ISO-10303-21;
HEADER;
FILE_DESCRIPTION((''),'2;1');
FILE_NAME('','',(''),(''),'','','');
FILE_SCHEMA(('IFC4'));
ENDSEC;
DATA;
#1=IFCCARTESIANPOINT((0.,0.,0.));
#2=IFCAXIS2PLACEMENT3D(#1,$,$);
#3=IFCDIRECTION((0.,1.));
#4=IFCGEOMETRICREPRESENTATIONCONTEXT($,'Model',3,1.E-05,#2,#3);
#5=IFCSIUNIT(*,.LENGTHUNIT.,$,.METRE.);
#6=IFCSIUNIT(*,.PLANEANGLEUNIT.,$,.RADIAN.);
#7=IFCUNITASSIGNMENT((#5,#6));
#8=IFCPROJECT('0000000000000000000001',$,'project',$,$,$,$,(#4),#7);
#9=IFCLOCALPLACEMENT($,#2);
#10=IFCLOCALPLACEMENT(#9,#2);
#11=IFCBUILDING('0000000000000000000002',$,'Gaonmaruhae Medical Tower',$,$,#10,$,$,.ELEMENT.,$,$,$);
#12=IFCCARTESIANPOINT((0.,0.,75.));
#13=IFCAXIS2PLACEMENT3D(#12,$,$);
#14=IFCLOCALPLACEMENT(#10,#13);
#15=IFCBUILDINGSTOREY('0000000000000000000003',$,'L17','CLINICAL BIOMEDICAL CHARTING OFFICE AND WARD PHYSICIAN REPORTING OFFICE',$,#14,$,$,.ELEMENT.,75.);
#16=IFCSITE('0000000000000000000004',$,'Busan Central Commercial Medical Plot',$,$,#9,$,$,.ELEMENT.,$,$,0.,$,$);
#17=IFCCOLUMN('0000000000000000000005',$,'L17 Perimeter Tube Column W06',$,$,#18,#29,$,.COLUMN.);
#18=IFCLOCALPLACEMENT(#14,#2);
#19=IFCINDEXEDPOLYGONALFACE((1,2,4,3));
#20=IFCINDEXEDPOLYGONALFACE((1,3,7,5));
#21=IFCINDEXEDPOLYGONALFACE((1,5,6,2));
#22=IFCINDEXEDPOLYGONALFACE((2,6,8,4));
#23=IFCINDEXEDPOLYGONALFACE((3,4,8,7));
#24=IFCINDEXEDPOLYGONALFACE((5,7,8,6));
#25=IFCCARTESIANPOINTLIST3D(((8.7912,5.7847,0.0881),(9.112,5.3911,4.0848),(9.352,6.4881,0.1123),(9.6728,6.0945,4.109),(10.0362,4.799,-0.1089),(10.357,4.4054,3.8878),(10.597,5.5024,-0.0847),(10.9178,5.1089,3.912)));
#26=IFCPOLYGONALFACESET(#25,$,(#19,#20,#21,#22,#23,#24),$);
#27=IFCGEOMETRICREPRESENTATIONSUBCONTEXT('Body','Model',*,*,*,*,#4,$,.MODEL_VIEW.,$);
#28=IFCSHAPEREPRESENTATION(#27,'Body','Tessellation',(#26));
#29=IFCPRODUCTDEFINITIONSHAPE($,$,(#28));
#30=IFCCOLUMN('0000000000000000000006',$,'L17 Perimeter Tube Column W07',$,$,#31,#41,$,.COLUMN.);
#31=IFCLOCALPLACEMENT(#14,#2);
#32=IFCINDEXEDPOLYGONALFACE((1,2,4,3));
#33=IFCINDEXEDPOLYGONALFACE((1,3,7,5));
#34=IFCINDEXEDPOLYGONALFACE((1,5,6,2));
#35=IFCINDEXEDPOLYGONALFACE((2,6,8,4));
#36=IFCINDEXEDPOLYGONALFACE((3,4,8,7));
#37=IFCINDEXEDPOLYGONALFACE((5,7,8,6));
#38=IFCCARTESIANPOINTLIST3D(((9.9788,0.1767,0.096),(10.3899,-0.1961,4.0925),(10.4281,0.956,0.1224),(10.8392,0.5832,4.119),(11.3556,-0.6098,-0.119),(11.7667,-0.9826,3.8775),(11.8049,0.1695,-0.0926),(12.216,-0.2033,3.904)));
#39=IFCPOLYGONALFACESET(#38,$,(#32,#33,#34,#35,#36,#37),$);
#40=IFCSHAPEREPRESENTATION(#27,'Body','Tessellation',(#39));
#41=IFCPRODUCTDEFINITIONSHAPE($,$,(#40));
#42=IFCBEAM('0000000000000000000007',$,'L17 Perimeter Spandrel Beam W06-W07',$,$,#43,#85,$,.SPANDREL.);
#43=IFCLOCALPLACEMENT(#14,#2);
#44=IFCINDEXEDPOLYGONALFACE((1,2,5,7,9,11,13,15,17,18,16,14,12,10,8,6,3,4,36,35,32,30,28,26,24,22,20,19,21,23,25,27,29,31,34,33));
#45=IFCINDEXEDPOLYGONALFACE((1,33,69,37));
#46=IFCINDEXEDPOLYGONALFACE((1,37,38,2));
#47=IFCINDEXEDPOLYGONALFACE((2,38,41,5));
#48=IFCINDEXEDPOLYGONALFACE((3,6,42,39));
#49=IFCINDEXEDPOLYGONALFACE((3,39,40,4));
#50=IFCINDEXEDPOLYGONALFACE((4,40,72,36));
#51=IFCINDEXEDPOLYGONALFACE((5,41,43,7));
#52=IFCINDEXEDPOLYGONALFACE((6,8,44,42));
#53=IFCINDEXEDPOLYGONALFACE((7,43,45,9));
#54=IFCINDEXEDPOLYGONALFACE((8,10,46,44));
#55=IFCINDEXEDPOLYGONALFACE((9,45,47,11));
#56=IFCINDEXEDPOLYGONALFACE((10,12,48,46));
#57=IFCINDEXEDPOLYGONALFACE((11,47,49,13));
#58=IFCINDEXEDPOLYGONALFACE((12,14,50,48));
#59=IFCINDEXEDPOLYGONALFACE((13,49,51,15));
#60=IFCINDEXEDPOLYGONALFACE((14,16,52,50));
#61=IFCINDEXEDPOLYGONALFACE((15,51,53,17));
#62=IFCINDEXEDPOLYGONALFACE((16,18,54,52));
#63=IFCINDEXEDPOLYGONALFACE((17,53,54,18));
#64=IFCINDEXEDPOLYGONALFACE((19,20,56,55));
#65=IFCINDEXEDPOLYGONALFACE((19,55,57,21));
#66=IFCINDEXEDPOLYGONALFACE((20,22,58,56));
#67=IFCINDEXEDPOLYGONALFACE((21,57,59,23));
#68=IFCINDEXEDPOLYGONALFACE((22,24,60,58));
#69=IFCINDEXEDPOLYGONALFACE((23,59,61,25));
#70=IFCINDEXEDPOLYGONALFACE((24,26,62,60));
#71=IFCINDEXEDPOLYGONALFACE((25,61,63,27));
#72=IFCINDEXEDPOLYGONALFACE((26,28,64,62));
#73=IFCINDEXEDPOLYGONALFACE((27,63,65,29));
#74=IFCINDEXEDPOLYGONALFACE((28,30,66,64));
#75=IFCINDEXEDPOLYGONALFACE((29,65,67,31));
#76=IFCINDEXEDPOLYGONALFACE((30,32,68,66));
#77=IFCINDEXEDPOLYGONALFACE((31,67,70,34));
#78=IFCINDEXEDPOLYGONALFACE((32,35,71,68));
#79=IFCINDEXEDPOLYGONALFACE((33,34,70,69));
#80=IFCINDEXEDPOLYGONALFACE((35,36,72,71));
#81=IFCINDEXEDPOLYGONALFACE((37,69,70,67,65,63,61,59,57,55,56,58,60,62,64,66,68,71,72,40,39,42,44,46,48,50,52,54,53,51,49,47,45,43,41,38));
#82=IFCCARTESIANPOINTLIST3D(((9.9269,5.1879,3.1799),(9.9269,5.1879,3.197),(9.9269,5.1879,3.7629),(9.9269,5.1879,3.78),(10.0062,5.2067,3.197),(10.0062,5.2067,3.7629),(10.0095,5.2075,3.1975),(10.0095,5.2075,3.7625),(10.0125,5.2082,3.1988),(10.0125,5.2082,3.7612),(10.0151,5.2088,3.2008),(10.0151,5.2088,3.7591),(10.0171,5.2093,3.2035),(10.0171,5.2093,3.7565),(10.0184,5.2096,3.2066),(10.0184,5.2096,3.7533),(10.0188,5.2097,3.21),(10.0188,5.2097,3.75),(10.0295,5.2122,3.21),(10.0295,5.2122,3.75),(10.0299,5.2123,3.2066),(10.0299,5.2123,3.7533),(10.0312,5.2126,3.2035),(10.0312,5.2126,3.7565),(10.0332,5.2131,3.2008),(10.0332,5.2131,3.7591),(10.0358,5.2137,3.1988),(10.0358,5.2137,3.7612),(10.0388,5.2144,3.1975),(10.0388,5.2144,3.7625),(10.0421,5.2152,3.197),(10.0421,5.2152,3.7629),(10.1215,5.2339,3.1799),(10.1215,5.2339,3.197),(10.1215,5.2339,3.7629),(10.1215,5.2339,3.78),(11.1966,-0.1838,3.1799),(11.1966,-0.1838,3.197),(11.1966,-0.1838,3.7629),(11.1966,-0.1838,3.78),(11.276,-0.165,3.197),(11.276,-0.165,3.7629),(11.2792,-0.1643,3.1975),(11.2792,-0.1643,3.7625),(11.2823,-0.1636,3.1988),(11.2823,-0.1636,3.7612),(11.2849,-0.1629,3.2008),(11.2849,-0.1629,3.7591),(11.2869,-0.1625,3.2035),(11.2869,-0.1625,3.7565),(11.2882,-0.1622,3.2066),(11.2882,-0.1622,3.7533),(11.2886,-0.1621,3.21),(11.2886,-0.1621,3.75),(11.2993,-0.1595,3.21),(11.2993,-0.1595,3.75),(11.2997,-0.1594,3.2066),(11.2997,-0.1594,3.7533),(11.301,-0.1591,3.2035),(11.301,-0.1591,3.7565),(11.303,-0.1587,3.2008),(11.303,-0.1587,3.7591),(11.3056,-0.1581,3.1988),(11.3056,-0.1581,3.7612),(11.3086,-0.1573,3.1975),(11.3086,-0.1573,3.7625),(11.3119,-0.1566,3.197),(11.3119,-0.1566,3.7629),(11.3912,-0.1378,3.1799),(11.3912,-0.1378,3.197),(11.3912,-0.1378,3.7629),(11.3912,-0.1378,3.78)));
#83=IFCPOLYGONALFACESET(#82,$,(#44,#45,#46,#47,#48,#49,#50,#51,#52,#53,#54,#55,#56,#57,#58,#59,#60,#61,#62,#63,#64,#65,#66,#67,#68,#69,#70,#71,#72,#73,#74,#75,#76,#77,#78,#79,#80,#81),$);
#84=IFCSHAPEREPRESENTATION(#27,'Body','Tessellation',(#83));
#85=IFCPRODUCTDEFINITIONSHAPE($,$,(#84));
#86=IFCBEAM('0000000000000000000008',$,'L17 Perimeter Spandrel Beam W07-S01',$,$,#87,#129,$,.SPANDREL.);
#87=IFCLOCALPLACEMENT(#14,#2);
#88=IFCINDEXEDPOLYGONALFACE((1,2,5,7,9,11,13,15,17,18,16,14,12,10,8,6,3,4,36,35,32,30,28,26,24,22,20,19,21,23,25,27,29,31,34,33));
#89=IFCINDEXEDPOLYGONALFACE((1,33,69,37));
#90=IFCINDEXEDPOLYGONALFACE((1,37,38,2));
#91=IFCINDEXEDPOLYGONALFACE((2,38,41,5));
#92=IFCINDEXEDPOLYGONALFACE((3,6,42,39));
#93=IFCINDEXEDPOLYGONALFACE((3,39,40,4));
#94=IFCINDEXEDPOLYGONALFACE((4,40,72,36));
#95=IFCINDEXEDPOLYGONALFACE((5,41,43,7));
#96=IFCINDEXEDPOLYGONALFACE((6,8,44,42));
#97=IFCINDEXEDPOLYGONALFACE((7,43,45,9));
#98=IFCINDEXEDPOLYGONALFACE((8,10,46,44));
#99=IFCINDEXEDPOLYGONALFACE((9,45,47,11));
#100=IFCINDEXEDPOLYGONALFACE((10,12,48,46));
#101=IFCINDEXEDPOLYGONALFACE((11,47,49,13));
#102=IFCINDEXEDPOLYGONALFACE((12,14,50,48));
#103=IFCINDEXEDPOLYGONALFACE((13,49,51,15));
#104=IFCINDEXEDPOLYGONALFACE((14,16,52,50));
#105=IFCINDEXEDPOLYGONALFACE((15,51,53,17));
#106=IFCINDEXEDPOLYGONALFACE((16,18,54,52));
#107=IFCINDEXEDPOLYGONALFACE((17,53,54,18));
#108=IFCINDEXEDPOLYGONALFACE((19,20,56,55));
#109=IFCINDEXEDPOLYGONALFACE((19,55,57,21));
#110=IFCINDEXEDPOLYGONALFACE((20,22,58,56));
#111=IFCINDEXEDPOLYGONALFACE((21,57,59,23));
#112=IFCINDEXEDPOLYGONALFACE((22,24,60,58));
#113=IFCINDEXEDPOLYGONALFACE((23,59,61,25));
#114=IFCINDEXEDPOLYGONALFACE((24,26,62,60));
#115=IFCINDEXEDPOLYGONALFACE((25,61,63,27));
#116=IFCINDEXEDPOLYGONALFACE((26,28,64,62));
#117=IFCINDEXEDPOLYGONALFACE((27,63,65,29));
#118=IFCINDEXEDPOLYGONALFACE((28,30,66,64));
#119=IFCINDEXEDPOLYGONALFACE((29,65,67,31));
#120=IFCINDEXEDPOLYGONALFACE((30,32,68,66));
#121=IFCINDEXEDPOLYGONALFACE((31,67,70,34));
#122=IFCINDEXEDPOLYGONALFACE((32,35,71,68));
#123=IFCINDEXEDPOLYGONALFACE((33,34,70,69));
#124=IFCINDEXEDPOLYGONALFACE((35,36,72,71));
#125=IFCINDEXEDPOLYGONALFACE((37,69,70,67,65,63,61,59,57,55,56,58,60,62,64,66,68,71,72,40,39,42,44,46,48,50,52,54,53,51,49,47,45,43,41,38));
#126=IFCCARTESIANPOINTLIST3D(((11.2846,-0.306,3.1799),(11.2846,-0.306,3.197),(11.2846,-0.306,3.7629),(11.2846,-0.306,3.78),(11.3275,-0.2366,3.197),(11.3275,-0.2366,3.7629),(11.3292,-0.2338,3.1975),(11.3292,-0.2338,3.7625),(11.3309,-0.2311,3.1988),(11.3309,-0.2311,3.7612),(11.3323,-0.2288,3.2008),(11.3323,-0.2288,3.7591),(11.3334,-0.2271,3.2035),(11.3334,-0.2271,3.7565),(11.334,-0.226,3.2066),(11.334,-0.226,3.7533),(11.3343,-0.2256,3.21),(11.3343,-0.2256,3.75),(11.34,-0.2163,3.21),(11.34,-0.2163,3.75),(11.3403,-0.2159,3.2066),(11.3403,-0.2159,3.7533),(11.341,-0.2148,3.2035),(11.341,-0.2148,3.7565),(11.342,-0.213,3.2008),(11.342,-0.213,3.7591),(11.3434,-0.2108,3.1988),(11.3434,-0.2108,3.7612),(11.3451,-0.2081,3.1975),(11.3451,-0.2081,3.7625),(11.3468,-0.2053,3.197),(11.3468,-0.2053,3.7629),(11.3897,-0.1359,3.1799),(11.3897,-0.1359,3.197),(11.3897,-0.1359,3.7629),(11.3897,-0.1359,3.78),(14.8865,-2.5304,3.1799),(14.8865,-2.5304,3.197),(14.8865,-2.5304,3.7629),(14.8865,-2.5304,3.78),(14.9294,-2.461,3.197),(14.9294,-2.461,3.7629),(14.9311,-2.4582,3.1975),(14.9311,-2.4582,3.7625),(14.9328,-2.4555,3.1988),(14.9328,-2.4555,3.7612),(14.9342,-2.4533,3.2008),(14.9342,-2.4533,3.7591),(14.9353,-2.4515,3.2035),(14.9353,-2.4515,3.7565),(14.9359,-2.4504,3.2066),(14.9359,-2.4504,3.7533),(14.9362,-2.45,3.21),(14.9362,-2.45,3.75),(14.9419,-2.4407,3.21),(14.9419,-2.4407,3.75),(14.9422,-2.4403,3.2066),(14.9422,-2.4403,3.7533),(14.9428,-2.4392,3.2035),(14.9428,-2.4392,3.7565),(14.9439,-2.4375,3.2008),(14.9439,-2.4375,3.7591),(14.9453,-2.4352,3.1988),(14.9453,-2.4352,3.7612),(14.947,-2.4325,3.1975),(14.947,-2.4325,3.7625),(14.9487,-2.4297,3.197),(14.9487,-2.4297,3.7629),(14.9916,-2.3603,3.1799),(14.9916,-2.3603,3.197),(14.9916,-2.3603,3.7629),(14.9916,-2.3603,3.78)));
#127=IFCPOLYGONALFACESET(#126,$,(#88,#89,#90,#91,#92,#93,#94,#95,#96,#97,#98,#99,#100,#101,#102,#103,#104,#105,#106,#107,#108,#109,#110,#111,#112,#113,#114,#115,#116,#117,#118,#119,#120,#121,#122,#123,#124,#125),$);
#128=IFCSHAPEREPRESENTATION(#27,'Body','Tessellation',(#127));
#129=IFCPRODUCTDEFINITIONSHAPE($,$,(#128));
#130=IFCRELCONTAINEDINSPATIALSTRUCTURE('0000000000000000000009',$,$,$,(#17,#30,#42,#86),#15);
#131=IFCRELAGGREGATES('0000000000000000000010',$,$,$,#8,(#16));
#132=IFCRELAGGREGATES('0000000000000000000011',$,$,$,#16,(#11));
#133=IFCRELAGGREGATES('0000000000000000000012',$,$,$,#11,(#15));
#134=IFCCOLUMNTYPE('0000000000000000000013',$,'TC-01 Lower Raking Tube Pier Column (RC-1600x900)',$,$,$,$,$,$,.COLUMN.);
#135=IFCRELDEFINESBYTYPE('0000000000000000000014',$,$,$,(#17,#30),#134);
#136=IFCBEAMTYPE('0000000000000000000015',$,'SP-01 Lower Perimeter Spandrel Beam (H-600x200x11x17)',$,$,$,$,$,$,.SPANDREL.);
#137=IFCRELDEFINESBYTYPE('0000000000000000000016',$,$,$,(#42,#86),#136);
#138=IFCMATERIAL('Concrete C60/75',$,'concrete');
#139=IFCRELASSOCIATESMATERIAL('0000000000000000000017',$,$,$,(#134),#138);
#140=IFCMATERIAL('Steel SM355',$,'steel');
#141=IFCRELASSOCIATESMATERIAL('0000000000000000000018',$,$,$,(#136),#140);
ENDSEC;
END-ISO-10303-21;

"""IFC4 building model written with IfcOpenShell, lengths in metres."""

from ifc_helpers import new_model, si_unit, direction, frame, origin, origin_2d, place, context, subcontext, project, spatial, rectangle, i_section, extrude, material, material_profile, profile_set, type_object, element, save


model = new_model("IFC4")

# Units and contexts
model_context = context("Model", 3, precision=1e-05, world=origin(), true_north=direction((0.0, 1.0)))
body_context = subcontext(model_context, "Body", "Model", "MODEL_VIEW")
ifc_project = project(units=[si_unit("LENGTHUNIT", "METRE"), si_unit("PLANEANGLEUNIT", "RADIAN")], contexts=[model_context])

# Site, building, storey
site_placement = place(None, origin())
site = spatial("IfcSite", under=ifc_project, at=site_placement, Name="Busan Central Commercial Medical Plot", CompositionType="ELEMENT", RefElevation=0.0)
building_placement = place(site_placement, origin())
building = spatial("IfcBuilding", under=site, at=building_placement, Name="Gaonmaruhae Medical Tower", CompositionType="ELEMENT")
storey_placement = place(building_placement, frame((0.0, 0.0, 75.0)))
storey = spatial("IfcBuildingStorey", under=building, at=storey_placement, Name="L17", Description="CLINICAL BIOMEDICAL CHARTING OFFICE AND WARD PHYSICIAN REPORTING OFFICE", CompositionType="ELEMENT", Elevation=75.0)

# Columns
ifc_material_1 = material(Name="Concrete C60/75", Category="concrete")
ifc_material_profile_1 = material_profile(ifc_material_1, rectangle(XDim=1.6001, YDim=0.8999, at=origin_2d()), Name="RC-1600x900")
ifc_profile_set_1 = profile_set([ifc_material_profile_1], Name="Concrete C60/75")
column_type = type_object("IfcColumnType", Name="TC-01 Lower Raking Tube Pier Column (RC-1600x900)", PredefinedType="COLUMN", material=ifc_profile_set_1)
column_1_placement = place(storey_placement, frame((9.6941, 5.6436, 0.0017), z_axis=(0.079629, -0.097688, 0.992026), x_axis=(-0.778064, 0.616003, 0.123114)))
element("IfcColumn", 1, at=column_1_placement, inside=storey, type_object=column_type, Name="L17 Perimeter Tube Column W06", PredefinedType="COLUMN", context=body_context, shape_type="SweptSolid", body=[
    extrude(rectangle(XDim=1.6001, YDim=0.8999, at=origin_2d()), origin(), (0.0, 0.0, 1.0), 4.0288),
])
column_2_placement = place(storey_placement, frame((10.8918, 0.1731, 0.0017), z_axis=(0.101893, -0.092394, 0.990495), x_axis=(-0.860447, 0.491506, 0.134363)))
element("IfcColumn", 2, at=column_2_placement, inside=storey, type_object=column_type, Name="L17 Perimeter Tube Column W07", PredefinedType="COLUMN", context=body_context, shape_type="SweptSolid", body=[
    extrude(rectangle(XDim=1.6001, YDim=0.8999, at=origin_2d()), origin(), (0.0, 0.0, 1.0), 4.0349),
])

# Beams
ifc_material_2 = material(Name="Steel SM355", Category="steel")
ifc_material_profile_2 = material_profile(ifc_material_2, i_section(OverallWidth=0.2, OverallDepth=0.6001, WebThickness=0.011, FlangeThickness=0.0171, FilletRadius=0.0129, at=origin_2d()), Name="H-600x200x11x17")
ifc_profile_set_2 = profile_set([ifc_material_profile_2], Name="Steel SM355")
beam_type = type_object("IfcBeamType", Name="SP-01 Lower Perimeter Spandrel Beam (H-600x200x11x17)", PredefinedType="SPANDREL", material=ifc_profile_set_2)
beam_1_placement = place(storey_placement, frame((10.0242, 5.2109, 3.48), z_axis=(0.230038, -0.973182, 0.0), x_axis=(0.973182, 0.230038, 0.0)))
element("IfcBeam", 3, at=beam_1_placement, inside=storey, type_object=beam_type, Name="L17 Perimeter Spandrel Beam W06-W07", PredefinedType="SPANDREL", context=body_context, shape_type="SweptSolid", body=[
    extrude(i_section(OverallWidth=0.2, OverallDepth=0.6001, WebThickness=0.011, FlangeThickness=0.0171, FilletRadius=0.0129, at=origin_2d()), origin(), (0.0, 0.0, 1.0), 5.5198),
])
beam_2_placement = place(storey_placement, frame((11.3372, -0.2209, 3.48), z_axis=(0.850828, -0.525445, 0.0), x_axis=(0.525445, 0.850828, 0.0)))
element("IfcBeam", 4, at=beam_2_placement, inside=storey, type_object=beam_type, Name="L17 Perimeter Spandrel Beam W07-S01", PredefinedType="SPANDREL", context=body_context, shape_type="SweptSolid", body=[
    extrude(i_section(OverallWidth=0.2, OverallDepth=0.6001, WebThickness=0.011, FlangeThickness=0.0171, FilletRadius=0.0129, at=origin_2d()), origin(), (0.0, 0.0, 1.0), 4.2334),
])

save(model, "model.ifc")
